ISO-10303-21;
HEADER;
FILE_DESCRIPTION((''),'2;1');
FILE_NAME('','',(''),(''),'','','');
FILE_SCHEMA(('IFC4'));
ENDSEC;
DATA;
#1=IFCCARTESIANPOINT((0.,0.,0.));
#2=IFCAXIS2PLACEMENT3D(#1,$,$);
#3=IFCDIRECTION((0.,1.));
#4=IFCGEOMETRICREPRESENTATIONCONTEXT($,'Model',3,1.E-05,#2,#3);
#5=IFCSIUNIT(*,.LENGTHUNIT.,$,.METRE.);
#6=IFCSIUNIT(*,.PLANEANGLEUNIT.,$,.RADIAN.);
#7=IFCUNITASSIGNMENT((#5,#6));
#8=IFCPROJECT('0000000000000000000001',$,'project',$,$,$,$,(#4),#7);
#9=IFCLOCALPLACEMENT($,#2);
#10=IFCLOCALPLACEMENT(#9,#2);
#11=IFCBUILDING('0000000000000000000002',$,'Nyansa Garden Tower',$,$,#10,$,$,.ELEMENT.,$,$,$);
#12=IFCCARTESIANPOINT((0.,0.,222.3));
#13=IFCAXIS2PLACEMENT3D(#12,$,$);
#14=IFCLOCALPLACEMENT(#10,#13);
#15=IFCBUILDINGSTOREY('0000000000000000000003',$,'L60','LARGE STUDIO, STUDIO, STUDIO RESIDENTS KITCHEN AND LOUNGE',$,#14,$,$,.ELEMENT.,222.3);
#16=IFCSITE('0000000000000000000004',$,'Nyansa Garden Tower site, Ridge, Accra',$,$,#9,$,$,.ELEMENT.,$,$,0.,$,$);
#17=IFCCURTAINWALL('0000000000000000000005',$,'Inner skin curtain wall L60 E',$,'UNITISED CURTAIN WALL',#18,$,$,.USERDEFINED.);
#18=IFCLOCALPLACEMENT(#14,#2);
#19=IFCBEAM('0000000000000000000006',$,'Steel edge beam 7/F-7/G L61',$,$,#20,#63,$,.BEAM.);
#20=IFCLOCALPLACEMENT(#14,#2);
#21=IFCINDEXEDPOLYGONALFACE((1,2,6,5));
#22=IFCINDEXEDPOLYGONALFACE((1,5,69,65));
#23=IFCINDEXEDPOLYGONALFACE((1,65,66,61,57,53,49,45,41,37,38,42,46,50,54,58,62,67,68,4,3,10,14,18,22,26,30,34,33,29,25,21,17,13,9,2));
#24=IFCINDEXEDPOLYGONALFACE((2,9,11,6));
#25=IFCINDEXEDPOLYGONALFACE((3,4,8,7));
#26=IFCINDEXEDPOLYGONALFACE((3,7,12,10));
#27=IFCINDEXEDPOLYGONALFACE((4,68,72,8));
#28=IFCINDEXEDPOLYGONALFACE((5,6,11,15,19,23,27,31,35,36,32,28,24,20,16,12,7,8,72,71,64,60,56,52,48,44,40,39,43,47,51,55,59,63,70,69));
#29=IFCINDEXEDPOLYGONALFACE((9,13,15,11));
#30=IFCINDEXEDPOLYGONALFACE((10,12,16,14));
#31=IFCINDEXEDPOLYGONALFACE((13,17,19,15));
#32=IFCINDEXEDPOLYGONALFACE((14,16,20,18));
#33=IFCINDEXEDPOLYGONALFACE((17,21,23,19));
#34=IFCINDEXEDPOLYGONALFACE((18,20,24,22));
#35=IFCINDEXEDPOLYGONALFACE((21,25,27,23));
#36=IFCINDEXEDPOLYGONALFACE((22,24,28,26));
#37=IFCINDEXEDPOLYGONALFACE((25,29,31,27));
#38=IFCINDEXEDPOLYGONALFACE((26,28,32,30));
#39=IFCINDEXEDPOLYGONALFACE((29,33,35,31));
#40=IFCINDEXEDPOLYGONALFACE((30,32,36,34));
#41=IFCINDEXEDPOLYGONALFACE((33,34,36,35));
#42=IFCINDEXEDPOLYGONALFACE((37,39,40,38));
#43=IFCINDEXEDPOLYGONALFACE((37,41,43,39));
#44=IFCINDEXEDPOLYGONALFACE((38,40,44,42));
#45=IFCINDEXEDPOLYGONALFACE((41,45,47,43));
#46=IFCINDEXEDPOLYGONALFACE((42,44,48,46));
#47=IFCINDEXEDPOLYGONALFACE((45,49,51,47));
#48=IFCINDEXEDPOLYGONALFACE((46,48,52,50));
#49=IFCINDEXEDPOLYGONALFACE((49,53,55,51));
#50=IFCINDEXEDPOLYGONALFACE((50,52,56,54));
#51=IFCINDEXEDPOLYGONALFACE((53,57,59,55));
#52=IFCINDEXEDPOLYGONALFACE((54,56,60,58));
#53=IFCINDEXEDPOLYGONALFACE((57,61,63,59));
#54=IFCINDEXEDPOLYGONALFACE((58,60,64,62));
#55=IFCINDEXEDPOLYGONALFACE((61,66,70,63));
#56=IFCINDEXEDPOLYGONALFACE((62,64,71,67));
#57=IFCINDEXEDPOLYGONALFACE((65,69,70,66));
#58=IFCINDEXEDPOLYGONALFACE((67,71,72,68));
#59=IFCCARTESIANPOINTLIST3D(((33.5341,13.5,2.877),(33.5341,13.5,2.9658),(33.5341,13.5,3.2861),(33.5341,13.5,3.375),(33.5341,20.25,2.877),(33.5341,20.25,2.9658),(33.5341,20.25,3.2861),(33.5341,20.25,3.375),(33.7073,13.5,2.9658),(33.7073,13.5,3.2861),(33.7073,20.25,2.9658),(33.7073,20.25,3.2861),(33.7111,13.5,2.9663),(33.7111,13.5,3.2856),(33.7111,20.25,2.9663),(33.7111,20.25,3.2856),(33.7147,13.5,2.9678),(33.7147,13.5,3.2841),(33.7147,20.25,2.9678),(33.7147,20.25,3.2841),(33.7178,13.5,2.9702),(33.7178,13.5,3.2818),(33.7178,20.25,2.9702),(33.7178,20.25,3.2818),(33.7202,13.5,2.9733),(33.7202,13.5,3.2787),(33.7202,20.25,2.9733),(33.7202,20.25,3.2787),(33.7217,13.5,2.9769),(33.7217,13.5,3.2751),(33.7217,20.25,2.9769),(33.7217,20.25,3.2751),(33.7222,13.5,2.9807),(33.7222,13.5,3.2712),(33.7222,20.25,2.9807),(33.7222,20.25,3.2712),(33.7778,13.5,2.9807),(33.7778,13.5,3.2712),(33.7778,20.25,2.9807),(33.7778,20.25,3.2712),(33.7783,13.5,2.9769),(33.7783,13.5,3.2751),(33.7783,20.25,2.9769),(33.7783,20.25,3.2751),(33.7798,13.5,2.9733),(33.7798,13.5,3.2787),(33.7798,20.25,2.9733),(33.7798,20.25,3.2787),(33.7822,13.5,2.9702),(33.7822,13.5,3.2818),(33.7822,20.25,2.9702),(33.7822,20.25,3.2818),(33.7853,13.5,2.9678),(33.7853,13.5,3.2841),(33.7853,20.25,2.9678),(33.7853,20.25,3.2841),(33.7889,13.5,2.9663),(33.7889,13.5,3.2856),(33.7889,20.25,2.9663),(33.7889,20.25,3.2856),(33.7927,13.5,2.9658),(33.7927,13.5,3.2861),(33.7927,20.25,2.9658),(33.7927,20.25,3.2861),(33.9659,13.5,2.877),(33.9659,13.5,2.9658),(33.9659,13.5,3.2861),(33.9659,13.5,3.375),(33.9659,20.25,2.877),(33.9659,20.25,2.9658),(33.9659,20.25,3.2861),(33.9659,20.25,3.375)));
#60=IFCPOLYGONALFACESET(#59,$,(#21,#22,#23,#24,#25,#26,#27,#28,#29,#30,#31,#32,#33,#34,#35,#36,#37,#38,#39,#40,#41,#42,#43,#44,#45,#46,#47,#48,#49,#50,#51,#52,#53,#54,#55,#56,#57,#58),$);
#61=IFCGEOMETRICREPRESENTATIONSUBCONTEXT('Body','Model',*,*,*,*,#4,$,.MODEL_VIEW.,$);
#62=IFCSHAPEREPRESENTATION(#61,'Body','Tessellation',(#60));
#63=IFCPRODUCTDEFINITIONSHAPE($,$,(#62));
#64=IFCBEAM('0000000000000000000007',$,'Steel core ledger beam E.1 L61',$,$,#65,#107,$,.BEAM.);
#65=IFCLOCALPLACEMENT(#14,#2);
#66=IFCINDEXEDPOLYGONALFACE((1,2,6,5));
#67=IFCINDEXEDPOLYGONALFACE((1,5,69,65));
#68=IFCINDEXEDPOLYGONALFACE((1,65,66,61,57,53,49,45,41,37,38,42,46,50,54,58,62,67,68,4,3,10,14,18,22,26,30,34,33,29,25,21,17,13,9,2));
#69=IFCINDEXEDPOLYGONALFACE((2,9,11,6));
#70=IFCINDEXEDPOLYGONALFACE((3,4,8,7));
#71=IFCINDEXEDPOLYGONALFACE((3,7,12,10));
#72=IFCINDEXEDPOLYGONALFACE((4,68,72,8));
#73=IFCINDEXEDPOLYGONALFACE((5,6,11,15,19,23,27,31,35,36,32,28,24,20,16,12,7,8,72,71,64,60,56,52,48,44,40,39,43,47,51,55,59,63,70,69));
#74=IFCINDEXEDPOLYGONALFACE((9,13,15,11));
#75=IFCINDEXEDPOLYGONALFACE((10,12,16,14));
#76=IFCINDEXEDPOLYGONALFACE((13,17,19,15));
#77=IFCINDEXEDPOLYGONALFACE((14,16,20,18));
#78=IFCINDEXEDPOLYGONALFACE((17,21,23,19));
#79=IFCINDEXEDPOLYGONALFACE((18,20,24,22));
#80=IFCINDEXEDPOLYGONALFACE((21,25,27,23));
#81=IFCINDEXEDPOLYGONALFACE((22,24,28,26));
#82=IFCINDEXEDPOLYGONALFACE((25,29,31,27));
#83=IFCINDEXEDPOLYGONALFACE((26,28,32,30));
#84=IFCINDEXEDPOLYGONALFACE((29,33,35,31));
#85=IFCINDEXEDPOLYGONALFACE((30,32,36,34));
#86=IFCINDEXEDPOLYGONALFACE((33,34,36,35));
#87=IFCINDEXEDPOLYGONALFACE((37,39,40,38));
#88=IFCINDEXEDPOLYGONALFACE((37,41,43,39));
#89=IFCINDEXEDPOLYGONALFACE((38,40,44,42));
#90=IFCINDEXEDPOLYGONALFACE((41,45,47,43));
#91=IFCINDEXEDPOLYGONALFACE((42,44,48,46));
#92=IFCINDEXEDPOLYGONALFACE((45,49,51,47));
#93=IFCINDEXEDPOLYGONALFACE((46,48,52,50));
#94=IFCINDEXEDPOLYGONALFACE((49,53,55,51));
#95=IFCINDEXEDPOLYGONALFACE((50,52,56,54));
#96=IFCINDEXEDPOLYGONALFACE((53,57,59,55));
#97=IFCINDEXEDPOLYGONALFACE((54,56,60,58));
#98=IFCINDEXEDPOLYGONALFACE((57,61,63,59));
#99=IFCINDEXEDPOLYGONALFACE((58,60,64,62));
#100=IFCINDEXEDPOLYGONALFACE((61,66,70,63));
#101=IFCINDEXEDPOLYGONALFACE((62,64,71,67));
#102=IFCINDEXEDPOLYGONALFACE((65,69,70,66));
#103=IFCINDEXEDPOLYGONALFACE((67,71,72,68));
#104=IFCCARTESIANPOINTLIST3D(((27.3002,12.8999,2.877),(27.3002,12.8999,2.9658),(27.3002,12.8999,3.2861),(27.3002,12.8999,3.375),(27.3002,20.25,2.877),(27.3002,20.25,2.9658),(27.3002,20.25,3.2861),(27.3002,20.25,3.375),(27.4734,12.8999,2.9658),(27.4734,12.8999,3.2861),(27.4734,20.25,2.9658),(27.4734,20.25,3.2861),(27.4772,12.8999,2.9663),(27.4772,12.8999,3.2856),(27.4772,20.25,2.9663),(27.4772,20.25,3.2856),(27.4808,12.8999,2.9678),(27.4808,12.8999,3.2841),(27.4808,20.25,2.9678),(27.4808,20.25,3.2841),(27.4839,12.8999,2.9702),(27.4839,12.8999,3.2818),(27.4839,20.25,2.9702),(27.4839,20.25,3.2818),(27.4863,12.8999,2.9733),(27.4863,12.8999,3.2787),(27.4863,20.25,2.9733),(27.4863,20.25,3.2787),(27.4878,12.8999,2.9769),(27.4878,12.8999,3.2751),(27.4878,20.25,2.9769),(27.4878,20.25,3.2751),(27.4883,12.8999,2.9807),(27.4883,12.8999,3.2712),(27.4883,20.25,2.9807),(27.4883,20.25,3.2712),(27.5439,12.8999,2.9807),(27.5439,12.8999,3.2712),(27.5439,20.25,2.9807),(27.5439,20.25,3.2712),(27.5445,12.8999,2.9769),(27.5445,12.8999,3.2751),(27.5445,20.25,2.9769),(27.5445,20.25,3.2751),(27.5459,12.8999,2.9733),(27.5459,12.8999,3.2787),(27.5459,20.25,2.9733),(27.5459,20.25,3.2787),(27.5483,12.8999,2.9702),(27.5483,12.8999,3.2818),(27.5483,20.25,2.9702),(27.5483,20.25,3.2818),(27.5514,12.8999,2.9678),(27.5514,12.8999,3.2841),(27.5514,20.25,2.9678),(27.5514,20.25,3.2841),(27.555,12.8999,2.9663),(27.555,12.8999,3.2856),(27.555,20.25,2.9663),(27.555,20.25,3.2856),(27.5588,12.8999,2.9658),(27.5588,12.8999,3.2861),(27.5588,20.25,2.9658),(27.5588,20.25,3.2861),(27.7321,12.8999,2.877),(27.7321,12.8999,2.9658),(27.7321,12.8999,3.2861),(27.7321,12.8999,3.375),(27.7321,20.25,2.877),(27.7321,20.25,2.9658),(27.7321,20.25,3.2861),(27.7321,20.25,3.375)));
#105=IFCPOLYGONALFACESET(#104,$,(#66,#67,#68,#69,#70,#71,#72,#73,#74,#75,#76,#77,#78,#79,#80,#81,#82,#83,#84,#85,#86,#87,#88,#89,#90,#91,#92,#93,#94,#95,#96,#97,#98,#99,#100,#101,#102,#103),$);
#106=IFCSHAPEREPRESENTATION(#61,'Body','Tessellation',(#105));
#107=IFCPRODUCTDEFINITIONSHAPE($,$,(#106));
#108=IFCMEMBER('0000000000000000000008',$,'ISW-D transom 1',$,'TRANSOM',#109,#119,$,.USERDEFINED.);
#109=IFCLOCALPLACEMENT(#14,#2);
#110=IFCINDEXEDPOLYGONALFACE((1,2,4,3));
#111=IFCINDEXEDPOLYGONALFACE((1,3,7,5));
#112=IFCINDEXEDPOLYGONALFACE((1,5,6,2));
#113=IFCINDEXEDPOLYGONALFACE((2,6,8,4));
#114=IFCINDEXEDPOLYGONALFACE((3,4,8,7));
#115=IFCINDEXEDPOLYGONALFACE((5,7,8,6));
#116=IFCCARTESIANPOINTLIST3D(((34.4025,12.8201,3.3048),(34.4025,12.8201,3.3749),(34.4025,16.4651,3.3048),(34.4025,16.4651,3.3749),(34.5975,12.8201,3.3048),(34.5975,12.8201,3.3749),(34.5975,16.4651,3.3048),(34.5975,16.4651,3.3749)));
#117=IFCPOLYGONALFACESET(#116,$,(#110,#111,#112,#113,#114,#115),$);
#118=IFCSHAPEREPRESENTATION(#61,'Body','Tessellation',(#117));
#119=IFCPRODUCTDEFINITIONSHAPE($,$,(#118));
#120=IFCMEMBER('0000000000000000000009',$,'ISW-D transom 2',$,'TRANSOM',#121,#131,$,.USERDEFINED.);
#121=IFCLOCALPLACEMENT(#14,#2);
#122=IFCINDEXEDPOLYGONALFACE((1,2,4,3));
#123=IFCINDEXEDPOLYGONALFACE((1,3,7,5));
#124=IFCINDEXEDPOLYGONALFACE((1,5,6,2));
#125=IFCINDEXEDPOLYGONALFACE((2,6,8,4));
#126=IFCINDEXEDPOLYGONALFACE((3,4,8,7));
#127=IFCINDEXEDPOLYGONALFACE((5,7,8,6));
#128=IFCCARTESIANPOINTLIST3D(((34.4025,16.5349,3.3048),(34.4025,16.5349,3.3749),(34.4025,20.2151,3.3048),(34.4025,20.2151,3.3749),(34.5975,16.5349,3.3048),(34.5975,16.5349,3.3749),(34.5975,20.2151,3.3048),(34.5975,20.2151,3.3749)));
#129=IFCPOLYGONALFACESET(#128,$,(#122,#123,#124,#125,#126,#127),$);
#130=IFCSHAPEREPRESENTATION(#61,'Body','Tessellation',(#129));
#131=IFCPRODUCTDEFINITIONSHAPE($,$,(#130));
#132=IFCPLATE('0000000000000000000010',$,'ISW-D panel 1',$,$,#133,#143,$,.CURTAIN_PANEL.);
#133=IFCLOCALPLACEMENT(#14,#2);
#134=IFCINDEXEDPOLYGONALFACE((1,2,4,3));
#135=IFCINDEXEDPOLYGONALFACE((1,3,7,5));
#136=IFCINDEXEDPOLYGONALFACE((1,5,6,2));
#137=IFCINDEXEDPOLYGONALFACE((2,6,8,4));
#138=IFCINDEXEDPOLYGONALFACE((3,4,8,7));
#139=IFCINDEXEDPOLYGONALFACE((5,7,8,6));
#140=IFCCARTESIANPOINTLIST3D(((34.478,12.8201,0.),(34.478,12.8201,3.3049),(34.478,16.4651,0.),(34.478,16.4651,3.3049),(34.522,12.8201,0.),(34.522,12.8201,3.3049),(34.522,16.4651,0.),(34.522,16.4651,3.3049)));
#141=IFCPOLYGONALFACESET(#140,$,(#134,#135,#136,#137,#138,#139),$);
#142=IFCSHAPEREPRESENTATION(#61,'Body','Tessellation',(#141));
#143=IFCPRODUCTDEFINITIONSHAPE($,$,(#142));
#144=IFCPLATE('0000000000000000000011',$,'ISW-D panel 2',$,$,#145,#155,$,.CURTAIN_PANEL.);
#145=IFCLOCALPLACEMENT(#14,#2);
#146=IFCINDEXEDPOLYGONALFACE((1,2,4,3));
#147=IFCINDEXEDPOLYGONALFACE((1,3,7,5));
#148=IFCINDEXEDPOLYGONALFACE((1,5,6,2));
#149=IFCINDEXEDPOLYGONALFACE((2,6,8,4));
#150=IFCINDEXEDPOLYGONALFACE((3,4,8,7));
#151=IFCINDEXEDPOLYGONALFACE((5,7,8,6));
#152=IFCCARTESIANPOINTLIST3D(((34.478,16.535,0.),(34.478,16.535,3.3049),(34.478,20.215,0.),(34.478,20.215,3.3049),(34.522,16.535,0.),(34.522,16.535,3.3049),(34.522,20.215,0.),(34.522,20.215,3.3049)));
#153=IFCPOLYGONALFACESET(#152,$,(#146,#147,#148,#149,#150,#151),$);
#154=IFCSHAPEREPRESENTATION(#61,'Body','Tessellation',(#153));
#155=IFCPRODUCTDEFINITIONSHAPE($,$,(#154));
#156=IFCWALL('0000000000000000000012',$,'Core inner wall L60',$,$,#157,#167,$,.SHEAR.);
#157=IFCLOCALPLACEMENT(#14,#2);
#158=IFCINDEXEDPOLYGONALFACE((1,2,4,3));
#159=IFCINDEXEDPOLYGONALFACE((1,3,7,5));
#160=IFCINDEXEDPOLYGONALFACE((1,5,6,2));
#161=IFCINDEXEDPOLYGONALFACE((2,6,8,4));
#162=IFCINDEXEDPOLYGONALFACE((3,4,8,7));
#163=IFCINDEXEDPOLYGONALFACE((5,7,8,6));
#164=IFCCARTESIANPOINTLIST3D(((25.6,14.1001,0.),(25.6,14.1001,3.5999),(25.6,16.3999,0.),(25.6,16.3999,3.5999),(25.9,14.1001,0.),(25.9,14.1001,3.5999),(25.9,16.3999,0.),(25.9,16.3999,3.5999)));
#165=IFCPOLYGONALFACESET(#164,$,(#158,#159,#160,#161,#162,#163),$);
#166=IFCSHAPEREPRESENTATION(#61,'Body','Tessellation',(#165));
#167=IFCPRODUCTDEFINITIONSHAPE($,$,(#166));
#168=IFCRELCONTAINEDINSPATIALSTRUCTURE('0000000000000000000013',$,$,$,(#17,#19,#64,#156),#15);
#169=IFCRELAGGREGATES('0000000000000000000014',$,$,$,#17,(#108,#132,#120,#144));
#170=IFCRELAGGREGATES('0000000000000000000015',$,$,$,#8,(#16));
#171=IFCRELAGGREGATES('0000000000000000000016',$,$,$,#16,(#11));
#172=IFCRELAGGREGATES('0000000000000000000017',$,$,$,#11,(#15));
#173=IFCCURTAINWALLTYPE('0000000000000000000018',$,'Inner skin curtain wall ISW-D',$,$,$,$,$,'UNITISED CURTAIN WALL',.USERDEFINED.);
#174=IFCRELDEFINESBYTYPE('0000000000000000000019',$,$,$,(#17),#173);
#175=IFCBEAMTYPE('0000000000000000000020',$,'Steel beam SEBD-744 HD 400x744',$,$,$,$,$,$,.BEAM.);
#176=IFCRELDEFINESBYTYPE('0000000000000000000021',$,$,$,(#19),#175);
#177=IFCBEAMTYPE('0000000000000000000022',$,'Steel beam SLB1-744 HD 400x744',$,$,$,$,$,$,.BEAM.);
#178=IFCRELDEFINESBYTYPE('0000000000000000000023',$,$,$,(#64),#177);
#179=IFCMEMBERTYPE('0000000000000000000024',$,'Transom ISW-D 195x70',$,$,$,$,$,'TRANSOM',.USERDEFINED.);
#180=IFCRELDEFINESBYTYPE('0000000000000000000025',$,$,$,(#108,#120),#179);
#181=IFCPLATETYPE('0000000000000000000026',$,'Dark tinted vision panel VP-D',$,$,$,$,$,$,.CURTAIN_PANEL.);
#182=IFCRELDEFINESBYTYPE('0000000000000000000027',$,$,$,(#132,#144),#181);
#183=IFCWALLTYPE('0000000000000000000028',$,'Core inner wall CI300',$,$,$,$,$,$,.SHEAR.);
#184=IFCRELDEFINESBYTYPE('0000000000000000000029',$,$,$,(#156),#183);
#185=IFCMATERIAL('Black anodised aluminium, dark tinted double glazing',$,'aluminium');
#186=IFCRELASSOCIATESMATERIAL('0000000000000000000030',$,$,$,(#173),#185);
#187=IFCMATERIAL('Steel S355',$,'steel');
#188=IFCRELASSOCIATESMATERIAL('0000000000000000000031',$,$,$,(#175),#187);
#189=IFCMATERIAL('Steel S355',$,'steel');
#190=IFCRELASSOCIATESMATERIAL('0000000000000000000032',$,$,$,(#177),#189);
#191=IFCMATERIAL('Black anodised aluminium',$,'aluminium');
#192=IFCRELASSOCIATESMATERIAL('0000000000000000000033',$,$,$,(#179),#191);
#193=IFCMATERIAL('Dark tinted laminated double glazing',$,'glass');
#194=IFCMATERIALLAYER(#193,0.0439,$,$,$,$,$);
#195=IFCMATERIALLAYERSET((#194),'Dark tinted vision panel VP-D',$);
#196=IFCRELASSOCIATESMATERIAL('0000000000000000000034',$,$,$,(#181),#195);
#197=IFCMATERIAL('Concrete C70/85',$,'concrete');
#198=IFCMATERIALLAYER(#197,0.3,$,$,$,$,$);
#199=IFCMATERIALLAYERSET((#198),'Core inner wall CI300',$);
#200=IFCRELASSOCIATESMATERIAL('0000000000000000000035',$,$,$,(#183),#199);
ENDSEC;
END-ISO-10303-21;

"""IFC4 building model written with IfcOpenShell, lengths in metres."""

from ifc_helpers import new_model, si_unit, direction, frame, frame_2d, origin, origin_2d, place, context, subcontext, project, spatial, rectangle, i_section, extrude, material, layer, layer_set, material_profile, profile_set, type_object, element, aggregate, save


model = new_model("IFC4")

# Units and contexts
model_context = context("Model", 3, precision=1e-05, world=origin(), true_north=direction((0.0, 1.0)))
body_context = subcontext(model_context, "Body", "Model", "MODEL_VIEW")
ifc_project = project(units=[si_unit("LENGTHUNIT", "METRE"), si_unit("PLANEANGLEUNIT", "RADIAN")], contexts=[model_context])

# Site, building, storey
site_placement = place(None, origin())
site = spatial("IfcSite", under=ifc_project, at=site_placement, Name="Nyansa Garden Tower site, Ridge, Accra", CompositionType="ELEMENT", RefElevation=0.0)
building_placement = place(site_placement, origin())
building = spatial("IfcBuilding", under=site, at=building_placement, Name="Nyansa Garden Tower", CompositionType="ELEMENT")
storey_placement = place(building_placement, frame((0.0, 0.0, 222.3)))
storey = spatial("IfcBuildingStorey", under=building, at=storey_placement, Name="L60", Description="LARGE STUDIO, STUDIO, STUDIO RESIDENTS KITCHEN AND LOUNGE", CompositionType="ELEMENT", Elevation=222.3)

# Curtain wall
ifc_material_1 = material(Name="Black anodised aluminium, dark tinted double glazing", Category="aluminium")
curtain_wall_type = type_object("IfcCurtainWallType", Name="Inner skin curtain wall ISW-D", ElementType="UNITISED CURTAIN WALL", PredefinedType="USERDEFINED", material=ifc_material_1)
curtain_wall_placement = place(storey_placement, origin())
curtain_wall = element("IfcCurtainWall", 1, at=curtain_wall_placement, inside=storey, type_object=curtain_wall_type, Name="Inner skin curtain wall L60 E", ObjectType="UNITISED CURTAIN WALL", PredefinedType="USERDEFINED")

# Beams
ifc_material_2 = material(Name="Steel S355", Category="steel")
ifc_material_profile_1 = material_profile(ifc_material_2, i_section(OverallWidth=0.4319, OverallDepth=0.498, WebThickness=0.0557, FlangeThickness=0.0889, FilletRadius=0.0149, at=origin_2d()), Name="HD 400x744")
ifc_profile_set_1 = profile_set([ifc_material_profile_1], Name="Steel S355")
beam_type_1 = type_object("IfcBeamType", Name="Steel beam SEBD-744 HD 400x744", PredefinedType="BEAM", material=ifc_profile_set_1)
beam_1_placement = place(storey_placement, frame((33.75, 13.5, 3.126), z_axis=(0.0, 1.0, 0.0), x_axis=(-1.0, 0.0, 0.0)))
element("IfcBeam", 2, at=beam_1_placement, inside=storey, type_object=beam_type_1, Name="Steel edge beam 7/F-7/G L61", PredefinedType="BEAM", context=body_context, shape_type="SweptSolid", body=[
    extrude(i_section(OverallWidth=0.4319, OverallDepth=0.498, WebThickness=0.0557, FlangeThickness=0.0889, FilletRadius=0.0149, at=origin_2d()), origin(), (0.0, 0.0, 1.0), 6.75),
])
ifc_material_3 = material(Name="Steel S355", Category="steel")
ifc_material_profile_2 = material_profile(ifc_material_3, i_section(OverallWidth=0.4319, OverallDepth=0.498, WebThickness=0.0557, FlangeThickness=0.0889, FilletRadius=0.0149, at=origin_2d()), Name="HD 400x744")
ifc_profile_set_2 = profile_set([ifc_material_profile_2], Name="Steel S355")
beam_type_2 = type_object("IfcBeamType", Name="Steel beam SLB1-744 HD 400x744", PredefinedType="BEAM", material=ifc_profile_set_2)
beam_2_placement = place(storey_placement, frame((27.5161, 12.8999, 3.126), z_axis=(0.0, 1.0, 0.0), x_axis=(-1.0, 0.0, 0.0)))
element("IfcBeam", 3, at=beam_2_placement, inside=storey, type_object=beam_type_2, Name="Steel core ledger beam E.1 L61", PredefinedType="BEAM", context=body_context, shape_type="SweptSolid", body=[
    extrude(i_section(OverallWidth=0.4319, OverallDepth=0.498, WebThickness=0.0557, FlangeThickness=0.0889, FilletRadius=0.0149, at=origin_2d()), origin(), (0.0, 0.0, 1.0), 7.3501),
])

# Members
ifc_material_4 = material(Name="Black anodised aluminium", Category="aluminium")
ifc_material_profile_3 = material_profile(ifc_material_4, rectangle(XDim=0.1951, YDim=0.0701, at=origin_2d()), Name="Transom 195x70")
ifc_profile_set_3 = profile_set([ifc_material_profile_3], Name="Black anodised aluminium")
member_type_1 = type_object("IfcMemberType", Name="Transom ISW-D 195x70", ElementType="TRANSOM", PredefinedType="USERDEFINED", material=ifc_profile_set_3)
member_1_placement = place(storey_placement, frame((34.5, 12.8201, 3.3398), z_axis=(0.0, 1.0, 0.0), x_axis=(-1.0, 0.0, 0.0)))
member_1 = element("IfcMember", 4, at=member_1_placement, type_object=member_type_1, Name="ISW-D transom 1", ObjectType="TRANSOM", PredefinedType="USERDEFINED", context=body_context, shape_type="SweptSolid", body=[
    extrude(rectangle(XDim=0.1951, YDim=0.0701, at=origin_2d()), origin(), (0.0, 0.0, 1.0), 3.645),
])
member_2_placement = place(storey_placement, frame((34.5, 16.5349, 3.3398), z_axis=(0.0, 1.0, 0.0), x_axis=(-1.0, 0.0, 0.0)))
member_2 = element("IfcMember", 5, at=member_2_placement, type_object=member_type_1, Name="ISW-D transom 2", ObjectType="TRANSOM", PredefinedType="USERDEFINED", context=body_context, shape_type="SweptSolid", body=[
    extrude(rectangle(XDim=0.1951, YDim=0.0701, at=origin_2d()), origin(), (0.0, 0.0, 1.0), 3.6802),
])

# Plates
ifc_material_5 = material(Name="Dark tinted laminated double glazing", Category="glass")
ifc_layer_1 = layer(ifc_material_5, 0.0439)
ifc_layer_set_1 = layer_set([ifc_layer_1], Name="Dark tinted vision panel VP-D")
plate_type = type_object("IfcPlateType", Name="Dark tinted vision panel VP-D", PredefinedType="CURTAIN_PANEL", material=ifc_layer_set_1)
plate_1_placement = place(storey_placement, frame((34.5, 14.6426, 0.0), z_axis=(0.0, 0.0, 1.0), x_axis=(0.0, 1.0, 0.0)))
plate_1 = element("IfcPlate", 6, at=plate_1_placement, type_object=plate_type, Name="ISW-D panel 1", PredefinedType="CURTAIN_PANEL", context=body_context, shape_type="SweptSolid", body=[
    extrude(rectangle(XDim=3.645, YDim=0.0439, at=origin_2d()), origin(), (0.0, 0.0, 1.0), 3.3049),
])
plate_2_placement = place(storey_placement, frame((34.5, 18.375, 0.0), z_axis=(0.0, 0.0, 1.0), x_axis=(0.0, 1.0, 0.0)))
plate_2 = element("IfcPlate", 7, at=plate_2_placement, type_object=plate_type, Name="ISW-D panel 2", PredefinedType="CURTAIN_PANEL", context=body_context, shape_type="SweptSolid", body=[
    extrude(rectangle(XDim=3.6799, YDim=0.0439, at=origin_2d()), origin(), (0.0, 0.0, 1.0), 3.3049),
])
aggregate(curtain_wall, [member_1, plate_1, member_2, plate_2])

# Wall
ifc_material_6 = material(Name="Concrete C70/85", Category="concrete")
ifc_layer_2 = layer(ifc_material_6, 0.3)
ifc_layer_set_2 = layer_set([ifc_layer_2], Name="Core inner wall CI300")
wall_type_1 = type_object("IfcWallType", Name="Core inner wall CI300", PredefinedType="SHEAR", material=ifc_layer_set_2)
wall_1_placement = place(storey_placement, frame((25.75, 14.1001, 0.0), z_axis=(0.0, 0.0, 1.0), x_axis=(0.0, 1.0, 0.0)))
element("IfcWall", 8, at=wall_1_placement, inside=storey, type_object=wall_type_1, Name="Core inner wall L60", PredefinedType="SHEAR", context=body_context, shape_type="SweptSolid", body=[
    extrude(rectangle(XDim=2.2998, YDim=0.3, at=frame_2d((1.1499, 0.0))), origin(), (0.0, 0.0, 1.0), 3.5999),
])

save(model, "model.ifc")
